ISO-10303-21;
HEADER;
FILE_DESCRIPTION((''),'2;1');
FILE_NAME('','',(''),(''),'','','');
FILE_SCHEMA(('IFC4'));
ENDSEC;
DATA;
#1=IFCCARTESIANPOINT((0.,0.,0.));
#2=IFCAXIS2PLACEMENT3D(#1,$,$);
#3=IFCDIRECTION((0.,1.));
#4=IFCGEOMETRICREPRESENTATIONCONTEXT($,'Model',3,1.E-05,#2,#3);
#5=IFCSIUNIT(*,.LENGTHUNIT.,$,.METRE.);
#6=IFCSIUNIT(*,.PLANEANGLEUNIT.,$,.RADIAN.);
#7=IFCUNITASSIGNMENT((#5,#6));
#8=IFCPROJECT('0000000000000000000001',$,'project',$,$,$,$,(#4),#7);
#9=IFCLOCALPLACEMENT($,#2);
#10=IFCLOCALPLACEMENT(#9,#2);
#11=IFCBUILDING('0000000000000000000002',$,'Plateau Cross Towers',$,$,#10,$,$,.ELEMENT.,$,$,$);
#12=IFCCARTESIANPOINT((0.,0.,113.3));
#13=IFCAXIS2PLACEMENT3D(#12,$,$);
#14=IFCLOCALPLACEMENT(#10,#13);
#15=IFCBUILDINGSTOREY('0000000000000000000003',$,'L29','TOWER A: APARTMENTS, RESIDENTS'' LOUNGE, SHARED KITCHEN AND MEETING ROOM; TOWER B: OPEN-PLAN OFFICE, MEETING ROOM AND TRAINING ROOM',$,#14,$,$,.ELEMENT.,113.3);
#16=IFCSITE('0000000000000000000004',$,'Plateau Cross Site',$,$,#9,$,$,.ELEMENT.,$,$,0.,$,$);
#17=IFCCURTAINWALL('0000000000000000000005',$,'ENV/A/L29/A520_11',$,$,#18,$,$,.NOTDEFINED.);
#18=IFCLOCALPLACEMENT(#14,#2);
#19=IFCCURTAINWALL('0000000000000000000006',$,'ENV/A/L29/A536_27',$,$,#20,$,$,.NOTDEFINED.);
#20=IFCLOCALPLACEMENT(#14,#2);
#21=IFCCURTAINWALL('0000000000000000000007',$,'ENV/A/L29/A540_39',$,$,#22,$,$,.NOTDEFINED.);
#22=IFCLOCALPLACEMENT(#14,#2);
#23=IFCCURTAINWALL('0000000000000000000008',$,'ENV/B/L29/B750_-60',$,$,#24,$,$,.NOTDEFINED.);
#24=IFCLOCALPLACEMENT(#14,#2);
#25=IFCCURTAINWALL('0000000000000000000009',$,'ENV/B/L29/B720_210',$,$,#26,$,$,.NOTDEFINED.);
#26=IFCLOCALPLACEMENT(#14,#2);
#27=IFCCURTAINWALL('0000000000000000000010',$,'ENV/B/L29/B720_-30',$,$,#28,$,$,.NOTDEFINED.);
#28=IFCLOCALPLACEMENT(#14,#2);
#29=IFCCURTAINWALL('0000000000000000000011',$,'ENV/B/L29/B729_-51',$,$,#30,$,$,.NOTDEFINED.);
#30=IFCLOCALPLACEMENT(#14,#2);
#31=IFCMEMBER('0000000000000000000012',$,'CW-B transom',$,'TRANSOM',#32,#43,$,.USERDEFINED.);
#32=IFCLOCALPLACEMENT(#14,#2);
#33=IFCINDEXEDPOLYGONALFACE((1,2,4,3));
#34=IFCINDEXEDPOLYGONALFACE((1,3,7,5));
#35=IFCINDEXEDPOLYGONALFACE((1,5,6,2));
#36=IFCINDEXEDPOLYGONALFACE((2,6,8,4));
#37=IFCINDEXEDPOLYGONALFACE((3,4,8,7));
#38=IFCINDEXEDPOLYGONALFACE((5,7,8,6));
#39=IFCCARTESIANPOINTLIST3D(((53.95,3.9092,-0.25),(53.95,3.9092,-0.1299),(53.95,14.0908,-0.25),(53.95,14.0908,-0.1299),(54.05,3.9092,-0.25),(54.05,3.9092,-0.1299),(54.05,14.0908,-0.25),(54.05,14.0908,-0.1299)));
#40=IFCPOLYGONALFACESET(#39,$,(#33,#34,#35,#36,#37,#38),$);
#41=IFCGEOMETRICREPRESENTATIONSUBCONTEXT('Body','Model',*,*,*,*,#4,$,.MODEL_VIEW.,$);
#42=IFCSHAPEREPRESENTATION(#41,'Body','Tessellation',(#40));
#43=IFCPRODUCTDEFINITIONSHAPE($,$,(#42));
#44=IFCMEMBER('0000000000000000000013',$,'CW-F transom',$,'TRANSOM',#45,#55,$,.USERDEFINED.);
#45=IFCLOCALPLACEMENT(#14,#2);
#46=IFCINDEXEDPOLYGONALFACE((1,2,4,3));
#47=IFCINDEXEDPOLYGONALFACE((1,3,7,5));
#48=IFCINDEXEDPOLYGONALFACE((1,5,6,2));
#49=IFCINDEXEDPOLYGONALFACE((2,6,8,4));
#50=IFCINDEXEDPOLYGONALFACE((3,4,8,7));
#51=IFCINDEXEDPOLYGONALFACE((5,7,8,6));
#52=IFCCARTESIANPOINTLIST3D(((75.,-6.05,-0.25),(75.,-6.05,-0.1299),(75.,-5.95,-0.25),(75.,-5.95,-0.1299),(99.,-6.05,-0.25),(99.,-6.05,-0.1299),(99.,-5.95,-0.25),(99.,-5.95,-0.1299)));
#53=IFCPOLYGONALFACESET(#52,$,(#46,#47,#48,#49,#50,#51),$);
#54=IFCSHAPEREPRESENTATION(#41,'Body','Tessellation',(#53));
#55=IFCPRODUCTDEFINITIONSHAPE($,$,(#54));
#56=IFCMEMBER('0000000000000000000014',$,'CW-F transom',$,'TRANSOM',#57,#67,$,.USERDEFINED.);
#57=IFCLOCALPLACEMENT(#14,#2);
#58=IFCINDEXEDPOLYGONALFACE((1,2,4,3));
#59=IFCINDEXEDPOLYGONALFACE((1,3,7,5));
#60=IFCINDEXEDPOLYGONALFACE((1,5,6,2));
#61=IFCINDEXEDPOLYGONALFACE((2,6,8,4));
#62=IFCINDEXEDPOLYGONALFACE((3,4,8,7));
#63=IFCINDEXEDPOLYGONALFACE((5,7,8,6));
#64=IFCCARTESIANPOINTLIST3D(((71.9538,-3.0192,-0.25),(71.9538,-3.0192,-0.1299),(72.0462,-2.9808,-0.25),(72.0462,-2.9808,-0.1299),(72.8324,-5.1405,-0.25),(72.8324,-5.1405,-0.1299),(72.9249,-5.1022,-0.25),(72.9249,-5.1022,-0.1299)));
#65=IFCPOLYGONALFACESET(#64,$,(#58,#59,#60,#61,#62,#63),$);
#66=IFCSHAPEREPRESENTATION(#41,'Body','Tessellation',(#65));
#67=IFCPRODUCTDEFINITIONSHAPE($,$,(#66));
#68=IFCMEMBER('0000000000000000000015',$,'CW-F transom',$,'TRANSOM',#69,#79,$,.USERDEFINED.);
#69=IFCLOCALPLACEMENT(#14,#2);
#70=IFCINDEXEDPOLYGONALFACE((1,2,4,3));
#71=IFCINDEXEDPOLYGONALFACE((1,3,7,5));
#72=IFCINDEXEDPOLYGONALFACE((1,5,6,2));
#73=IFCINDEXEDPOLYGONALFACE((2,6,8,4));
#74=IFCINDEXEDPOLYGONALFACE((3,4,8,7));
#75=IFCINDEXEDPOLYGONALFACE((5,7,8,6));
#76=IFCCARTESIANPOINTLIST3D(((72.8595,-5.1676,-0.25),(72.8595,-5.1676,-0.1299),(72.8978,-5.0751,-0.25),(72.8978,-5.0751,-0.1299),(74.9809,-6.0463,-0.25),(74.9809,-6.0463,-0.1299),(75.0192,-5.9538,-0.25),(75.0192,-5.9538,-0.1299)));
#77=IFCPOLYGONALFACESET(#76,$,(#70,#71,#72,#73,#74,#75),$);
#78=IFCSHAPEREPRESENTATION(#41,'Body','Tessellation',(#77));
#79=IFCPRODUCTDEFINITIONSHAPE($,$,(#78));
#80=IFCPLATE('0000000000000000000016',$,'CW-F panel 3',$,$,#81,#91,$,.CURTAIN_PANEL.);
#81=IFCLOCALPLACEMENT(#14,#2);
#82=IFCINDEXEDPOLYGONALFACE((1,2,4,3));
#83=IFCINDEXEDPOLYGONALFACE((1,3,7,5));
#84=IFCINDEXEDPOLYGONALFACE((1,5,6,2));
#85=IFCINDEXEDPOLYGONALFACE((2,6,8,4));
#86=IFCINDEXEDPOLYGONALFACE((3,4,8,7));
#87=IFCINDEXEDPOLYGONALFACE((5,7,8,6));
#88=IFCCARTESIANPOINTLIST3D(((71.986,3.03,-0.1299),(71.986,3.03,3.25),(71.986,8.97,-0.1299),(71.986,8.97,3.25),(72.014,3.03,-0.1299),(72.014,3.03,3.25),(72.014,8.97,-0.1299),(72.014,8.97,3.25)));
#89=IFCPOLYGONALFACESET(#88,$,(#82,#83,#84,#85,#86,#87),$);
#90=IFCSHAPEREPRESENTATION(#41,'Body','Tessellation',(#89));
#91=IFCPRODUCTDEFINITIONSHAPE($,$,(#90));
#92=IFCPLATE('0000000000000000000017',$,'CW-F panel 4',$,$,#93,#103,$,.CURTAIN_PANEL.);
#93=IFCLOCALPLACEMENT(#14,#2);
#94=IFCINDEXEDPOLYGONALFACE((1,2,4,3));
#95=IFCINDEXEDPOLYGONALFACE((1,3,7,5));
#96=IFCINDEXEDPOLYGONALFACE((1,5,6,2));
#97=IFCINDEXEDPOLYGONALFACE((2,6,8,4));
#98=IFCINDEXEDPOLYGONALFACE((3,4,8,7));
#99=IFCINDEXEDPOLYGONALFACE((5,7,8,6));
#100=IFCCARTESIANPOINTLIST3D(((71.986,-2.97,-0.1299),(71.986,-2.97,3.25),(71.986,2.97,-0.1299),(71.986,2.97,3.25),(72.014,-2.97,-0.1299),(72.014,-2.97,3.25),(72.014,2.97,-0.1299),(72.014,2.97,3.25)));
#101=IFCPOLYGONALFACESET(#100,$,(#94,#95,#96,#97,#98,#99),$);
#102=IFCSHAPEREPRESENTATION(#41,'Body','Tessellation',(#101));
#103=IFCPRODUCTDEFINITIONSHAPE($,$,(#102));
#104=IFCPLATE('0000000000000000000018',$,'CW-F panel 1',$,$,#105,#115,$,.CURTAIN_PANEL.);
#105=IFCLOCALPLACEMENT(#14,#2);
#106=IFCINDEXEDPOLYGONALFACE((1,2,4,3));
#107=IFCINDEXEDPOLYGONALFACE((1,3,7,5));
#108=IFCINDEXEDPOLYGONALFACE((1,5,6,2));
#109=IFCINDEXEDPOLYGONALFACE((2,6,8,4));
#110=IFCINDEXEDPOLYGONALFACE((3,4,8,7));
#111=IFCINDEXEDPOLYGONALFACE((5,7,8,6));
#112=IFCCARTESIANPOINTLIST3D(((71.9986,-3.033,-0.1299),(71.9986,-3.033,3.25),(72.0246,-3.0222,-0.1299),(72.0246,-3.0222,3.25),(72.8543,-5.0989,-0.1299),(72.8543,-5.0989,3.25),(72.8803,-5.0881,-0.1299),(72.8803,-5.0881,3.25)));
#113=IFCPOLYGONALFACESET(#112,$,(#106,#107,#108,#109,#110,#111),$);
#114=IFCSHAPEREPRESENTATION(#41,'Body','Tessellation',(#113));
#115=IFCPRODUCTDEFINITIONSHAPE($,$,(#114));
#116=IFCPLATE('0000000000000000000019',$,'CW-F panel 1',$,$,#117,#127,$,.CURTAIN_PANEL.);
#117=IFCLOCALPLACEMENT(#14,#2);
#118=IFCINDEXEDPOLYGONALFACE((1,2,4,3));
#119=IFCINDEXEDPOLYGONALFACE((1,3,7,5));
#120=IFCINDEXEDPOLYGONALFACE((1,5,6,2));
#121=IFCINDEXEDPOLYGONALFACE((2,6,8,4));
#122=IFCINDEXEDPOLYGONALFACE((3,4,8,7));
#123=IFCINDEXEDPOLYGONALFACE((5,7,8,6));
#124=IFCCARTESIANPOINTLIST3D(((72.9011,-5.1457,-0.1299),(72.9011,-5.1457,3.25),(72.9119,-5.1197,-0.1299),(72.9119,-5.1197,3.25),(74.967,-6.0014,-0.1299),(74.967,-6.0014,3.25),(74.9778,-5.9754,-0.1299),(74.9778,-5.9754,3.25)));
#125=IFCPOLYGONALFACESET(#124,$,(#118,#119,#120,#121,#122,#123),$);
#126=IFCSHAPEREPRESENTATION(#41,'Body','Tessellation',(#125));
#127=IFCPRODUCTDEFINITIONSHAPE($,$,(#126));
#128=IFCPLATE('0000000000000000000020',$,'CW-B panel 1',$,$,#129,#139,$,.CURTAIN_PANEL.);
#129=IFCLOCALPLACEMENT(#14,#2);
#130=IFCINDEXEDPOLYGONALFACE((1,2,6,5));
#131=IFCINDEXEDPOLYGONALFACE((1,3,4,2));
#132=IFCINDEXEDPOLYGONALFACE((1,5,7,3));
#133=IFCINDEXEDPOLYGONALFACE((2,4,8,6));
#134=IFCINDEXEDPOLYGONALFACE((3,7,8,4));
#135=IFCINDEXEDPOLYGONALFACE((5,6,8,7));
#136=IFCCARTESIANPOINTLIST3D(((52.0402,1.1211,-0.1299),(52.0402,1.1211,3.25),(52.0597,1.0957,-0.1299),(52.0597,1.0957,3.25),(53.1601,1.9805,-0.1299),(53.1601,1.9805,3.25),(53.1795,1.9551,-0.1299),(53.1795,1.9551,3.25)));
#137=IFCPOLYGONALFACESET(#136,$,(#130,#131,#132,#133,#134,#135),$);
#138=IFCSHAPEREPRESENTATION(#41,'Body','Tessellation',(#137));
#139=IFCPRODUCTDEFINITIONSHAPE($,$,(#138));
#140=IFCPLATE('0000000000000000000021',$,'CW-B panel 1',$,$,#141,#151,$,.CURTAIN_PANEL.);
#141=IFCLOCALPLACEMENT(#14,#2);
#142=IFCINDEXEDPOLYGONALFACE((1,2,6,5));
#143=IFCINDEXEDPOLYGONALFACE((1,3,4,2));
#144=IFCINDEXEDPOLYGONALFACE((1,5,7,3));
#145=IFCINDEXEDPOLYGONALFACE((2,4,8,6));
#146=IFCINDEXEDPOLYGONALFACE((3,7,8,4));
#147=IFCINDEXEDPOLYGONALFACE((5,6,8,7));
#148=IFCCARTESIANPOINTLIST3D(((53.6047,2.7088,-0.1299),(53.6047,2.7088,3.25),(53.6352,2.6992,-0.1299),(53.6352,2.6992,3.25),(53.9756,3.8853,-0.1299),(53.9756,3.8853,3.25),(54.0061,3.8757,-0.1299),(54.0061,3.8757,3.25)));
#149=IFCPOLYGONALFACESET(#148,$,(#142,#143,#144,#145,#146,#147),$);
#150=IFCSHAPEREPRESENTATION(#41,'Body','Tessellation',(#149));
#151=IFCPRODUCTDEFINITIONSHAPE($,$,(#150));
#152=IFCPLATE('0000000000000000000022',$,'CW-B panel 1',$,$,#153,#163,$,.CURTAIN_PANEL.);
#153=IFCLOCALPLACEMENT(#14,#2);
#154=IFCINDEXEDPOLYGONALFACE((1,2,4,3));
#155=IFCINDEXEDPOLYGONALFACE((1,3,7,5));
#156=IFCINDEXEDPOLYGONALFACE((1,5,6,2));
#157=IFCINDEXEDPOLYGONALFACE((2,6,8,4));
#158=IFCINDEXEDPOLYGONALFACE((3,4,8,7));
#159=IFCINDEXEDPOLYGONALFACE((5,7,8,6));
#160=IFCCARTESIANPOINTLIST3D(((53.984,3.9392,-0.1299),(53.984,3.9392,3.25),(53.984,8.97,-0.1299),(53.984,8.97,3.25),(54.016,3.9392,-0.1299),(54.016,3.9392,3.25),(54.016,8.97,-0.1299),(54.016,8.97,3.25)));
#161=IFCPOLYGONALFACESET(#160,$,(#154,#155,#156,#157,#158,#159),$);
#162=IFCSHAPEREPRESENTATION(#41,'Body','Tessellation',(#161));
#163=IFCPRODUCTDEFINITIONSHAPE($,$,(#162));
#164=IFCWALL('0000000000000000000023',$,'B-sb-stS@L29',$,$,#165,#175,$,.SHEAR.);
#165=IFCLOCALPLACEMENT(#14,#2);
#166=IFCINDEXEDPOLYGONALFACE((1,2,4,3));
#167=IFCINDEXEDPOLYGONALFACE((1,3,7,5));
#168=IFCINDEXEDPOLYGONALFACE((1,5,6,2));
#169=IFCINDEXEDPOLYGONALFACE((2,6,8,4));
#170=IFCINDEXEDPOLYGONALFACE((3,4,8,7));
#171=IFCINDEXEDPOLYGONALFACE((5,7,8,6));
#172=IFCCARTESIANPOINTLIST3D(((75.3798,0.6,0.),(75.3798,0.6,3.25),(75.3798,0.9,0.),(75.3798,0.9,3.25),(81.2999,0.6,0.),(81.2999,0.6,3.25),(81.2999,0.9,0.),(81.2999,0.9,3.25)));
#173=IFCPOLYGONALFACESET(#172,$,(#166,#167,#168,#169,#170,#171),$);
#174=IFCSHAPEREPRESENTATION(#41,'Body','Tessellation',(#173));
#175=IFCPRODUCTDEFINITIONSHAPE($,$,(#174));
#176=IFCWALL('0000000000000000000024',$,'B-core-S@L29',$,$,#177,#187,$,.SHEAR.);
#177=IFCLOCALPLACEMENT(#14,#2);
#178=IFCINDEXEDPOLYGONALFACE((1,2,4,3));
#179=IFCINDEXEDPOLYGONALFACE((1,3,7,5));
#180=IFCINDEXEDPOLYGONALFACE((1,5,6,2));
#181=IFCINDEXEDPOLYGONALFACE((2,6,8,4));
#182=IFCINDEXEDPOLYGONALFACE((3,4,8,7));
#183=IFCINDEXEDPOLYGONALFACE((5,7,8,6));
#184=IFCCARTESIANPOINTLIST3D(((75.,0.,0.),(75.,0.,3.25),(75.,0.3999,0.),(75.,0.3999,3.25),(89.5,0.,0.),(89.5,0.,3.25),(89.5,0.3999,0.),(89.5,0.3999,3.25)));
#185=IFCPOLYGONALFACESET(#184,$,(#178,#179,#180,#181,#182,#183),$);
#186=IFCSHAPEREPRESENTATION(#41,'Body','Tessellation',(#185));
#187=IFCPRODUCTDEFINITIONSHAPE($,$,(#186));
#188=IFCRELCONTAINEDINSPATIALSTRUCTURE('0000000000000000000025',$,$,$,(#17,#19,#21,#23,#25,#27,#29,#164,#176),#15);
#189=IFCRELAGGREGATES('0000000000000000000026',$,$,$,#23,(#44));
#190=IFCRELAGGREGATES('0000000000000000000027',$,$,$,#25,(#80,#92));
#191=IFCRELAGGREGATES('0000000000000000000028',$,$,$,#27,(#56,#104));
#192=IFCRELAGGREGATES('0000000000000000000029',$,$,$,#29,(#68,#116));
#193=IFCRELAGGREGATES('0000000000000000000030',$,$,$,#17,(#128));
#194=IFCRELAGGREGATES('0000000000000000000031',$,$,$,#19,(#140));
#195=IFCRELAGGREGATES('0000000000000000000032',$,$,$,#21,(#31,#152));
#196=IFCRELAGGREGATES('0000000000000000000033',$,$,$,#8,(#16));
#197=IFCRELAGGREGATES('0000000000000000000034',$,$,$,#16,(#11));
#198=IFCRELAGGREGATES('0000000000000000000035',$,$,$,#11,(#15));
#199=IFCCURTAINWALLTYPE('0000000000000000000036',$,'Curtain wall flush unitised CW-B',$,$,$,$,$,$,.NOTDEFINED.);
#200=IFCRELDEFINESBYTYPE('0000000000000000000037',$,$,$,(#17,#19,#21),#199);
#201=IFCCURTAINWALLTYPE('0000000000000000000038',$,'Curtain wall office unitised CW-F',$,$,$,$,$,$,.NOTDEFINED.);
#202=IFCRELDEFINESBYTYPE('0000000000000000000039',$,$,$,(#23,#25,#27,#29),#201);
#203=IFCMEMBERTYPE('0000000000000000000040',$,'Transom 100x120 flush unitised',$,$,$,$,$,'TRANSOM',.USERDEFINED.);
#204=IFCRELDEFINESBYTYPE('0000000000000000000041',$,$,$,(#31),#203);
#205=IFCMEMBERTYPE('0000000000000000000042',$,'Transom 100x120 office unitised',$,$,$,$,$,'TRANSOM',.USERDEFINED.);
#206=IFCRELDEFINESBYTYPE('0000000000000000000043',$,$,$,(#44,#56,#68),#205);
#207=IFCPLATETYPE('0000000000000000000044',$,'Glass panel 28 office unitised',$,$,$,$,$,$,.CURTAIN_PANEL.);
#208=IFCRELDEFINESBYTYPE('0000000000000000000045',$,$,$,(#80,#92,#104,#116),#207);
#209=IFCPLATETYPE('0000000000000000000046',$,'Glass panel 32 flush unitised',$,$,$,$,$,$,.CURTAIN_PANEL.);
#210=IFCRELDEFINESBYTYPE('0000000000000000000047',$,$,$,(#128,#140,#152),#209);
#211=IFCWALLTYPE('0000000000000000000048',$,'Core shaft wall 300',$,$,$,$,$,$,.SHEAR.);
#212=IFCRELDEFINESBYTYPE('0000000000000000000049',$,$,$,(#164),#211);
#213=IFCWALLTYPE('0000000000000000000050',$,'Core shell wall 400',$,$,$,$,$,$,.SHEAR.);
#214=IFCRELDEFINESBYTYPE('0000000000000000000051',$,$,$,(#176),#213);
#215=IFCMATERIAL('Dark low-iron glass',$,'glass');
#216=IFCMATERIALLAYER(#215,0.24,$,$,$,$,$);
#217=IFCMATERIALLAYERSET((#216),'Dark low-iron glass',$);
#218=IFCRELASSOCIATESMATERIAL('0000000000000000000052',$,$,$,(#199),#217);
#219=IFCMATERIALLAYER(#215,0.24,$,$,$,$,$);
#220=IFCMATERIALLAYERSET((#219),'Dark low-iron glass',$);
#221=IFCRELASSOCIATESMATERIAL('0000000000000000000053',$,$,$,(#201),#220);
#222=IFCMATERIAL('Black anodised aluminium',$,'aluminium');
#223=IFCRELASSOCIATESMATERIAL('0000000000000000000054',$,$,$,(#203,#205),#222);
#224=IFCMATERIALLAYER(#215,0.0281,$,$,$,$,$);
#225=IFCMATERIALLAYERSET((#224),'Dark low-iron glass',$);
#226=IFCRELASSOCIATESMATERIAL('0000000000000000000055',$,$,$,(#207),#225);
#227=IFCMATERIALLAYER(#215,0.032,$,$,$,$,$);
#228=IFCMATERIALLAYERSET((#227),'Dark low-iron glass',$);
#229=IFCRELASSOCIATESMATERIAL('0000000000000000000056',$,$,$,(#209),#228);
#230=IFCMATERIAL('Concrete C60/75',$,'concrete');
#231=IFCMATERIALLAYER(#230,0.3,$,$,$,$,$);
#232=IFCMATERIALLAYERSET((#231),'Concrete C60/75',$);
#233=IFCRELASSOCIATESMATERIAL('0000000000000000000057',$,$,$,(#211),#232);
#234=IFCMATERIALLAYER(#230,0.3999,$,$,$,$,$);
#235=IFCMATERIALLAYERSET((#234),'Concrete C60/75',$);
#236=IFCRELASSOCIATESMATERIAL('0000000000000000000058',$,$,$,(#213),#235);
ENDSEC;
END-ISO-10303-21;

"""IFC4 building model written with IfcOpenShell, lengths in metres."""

from ifc_helpers import new_model, si_unit, direction, frame, frame_2d, origin, origin_2d, place, context, subcontext, project, spatial, rectangle, extrude, material, layer, layer_set, material_profile, profile_set, type_object, element, aggregate, save


model = new_model("IFC4")

# Units and contexts
model_context = context("Model", 3, precision=1e-05, world=origin(), true_north=direction((0.0, 1.0)))
body_context = subcontext(model_context, "Body", "Model", "MODEL_VIEW")
ifc_project = project(units=[si_unit("LENGTHUNIT", "METRE"), si_unit("PLANEANGLEUNIT", "RADIAN")], contexts=[model_context])

# Site, building, storey
site_placement = place(None, origin())
site = spatial("IfcSite", under=ifc_project, at=site_placement, Name="Plateau Cross Site", CompositionType="ELEMENT", RefElevation=0.0)
building_placement = place(site_placement, origin())
building = spatial("IfcBuilding", under=site, at=building_placement, Name="Plateau Cross Towers", CompositionType="ELEMENT")
storey_placement = place(building_placement, frame((0.0, 0.0, 113.3)))
storey = spatial("IfcBuildingStorey", under=building, at=storey_placement, Name="L29", Description="TOWER A: APARTMENTS, RESIDENTS' LOUNGE, SHARED KITCHEN AND MEETING ROOM; TOWER B: OPEN-PLAN OFFICE, MEETING ROOM AND TRAINING ROOM", CompositionType="ELEMENT", Elevation=113.3)

# Shared definitions
ifc_material_1 = material(Name="Concrete C60/75", Category="concrete")

# Curtain wall
ifc_material_2 = material(Name="Dark low-iron glass", Category="glass")
ifc_layer_1 = layer(ifc_material_2, 0.24)
ifc_layer_set_1 = layer_set([ifc_layer_1], Name="Dark low-iron glass")
curtain_wall_type_1 = type_object("IfcCurtainWallType", Name="Curtain wall flush unitised CW-B", PredefinedType="NOTDEFINED", material=ifc_layer_set_1)
curtain_wall_1_placement = place(storey_placement, origin())
curtain_wall_1 = element("IfcCurtainWall", 1, at=curtain_wall_1_placement, inside=storey, type_object=curtain_wall_type_1, Name="ENV/A/L29/A520_11", PredefinedType="NOTDEFINED")
ifc_material_3 = material(Name="Black anodised aluminium", Category="aluminium")

# Curtain walls
curtain_wall_2_placement = place(storey_placement, origin())
curtain_wall_2 = element("IfcCurtainWall", 2, at=curtain_wall_2_placement, inside=storey, type_object=curtain_wall_type_1, Name="ENV/A/L29/A536_27", PredefinedType="NOTDEFINED")
curtain_wall_3_placement = place(storey_placement, origin())
curtain_wall_3 = element("IfcCurtainWall", 3, at=curtain_wall_3_placement, inside=storey, type_object=curtain_wall_type_1, Name="ENV/A/L29/A540_39", PredefinedType="NOTDEFINED")
ifc_layer_2 = layer(ifc_material_2, 0.24)
ifc_layer_set_2 = layer_set([ifc_layer_2], Name="Dark low-iron glass")
curtain_wall_type_2 = type_object("IfcCurtainWallType", Name="Curtain wall office unitised CW-F", PredefinedType="NOTDEFINED", material=ifc_layer_set_2)
curtain_wall_4_placement = place(storey_placement, origin())
curtain_wall_4 = element("IfcCurtainWall", 4, at=curtain_wall_4_placement, inside=storey, type_object=curtain_wall_type_2, Name="ENV/B/L29/B750_-60", PredefinedType="NOTDEFINED")
curtain_wall_5_placement = place(storey_placement, origin())
curtain_wall_5 = element("IfcCurtainWall", 5, at=curtain_wall_5_placement, inside=storey, type_object=curtain_wall_type_2, Name="ENV/B/L29/B720_210", PredefinedType="NOTDEFINED")
curtain_wall_6_placement = place(storey_placement, origin())
curtain_wall_6 = element("IfcCurtainWall", 6, at=curtain_wall_6_placement, inside=storey, type_object=curtain_wall_type_2, Name="ENV/B/L29/B720_-30", PredefinedType="NOTDEFINED")
curtain_wall_7_placement = place(storey_placement, origin())
curtain_wall_7 = element("IfcCurtainWall", 7, at=curtain_wall_7_placement, inside=storey, type_object=curtain_wall_type_2, Name="ENV/B/L29/B729_-51", PredefinedType="NOTDEFINED")

# Members
ifc_material_profile_1 = material_profile(ifc_material_3, rectangle(XDim=0.1001, YDim=0.1201, at=origin_2d()), Name="TRANSOM 100x120")
ifc_profile_set_1 = profile_set([ifc_material_profile_1], Name="Black anodised aluminium")
member_type_1 = type_object("IfcMemberType", Name="Transom 100x120 flush unitised", ElementType="TRANSOM", PredefinedType="USERDEFINED", material=ifc_profile_set_1)
member_1_placement = place(storey_placement, frame((54.0, 3.9092, -0.1899), z_axis=(0.0, 1.0, 0.0), x_axis=(-1.0, 0.0, 0.0)))
member_1 = element("IfcMember", 8, at=member_1_placement, type_object=member_type_1, Name="CW-B transom", ObjectType="TRANSOM", PredefinedType="USERDEFINED", context=body_context, shape_type="SweptSolid", body=[
    extrude(rectangle(XDim=0.1001, YDim=0.1201, at=origin_2d()), origin(), (0.0, 0.0, 1.0), 10.1816),
])
ifc_material_profile_2 = material_profile(ifc_material_3, rectangle(XDim=0.1001, YDim=0.1201, at=origin_2d()), Name="TRANSOM 100x120")
ifc_profile_set_2 = profile_set([ifc_material_profile_2], Name="Black anodised aluminium")
member_type_2 = type_object("IfcMemberType", Name="Transom 100x120 office unitised", ElementType="TRANSOM", PredefinedType="USERDEFINED", material=ifc_profile_set_2)
member_2_placement = place(storey_placement, frame((75.0, -6.0, -0.1899), z_axis=(1.0, 0.0, 0.0), x_axis=(0.0, 1.0, 0.0)))
member_2 = element("IfcMember", 9, at=member_2_placement, type_object=member_type_2, Name="CW-F transom", ObjectType="TRANSOM", PredefinedType="USERDEFINED", context=body_context, shape_type="SweptSolid", body=[
    extrude(rectangle(XDim=0.1001, YDim=0.1201, at=origin_2d()), origin(), (0.0, 0.0, 1.0), 24.0),
])
aggregate(curtain_wall_4, [member_2])
member_3_placement = place(storey_placement, frame((72.0, -3.0, -0.1899), z_axis=(0.382674, -0.923883, 0.0), x_axis=(0.923883, 0.382674, 0.0)))
member_3 = element("IfcMember", 10, at=member_3_placement, type_object=member_type_2, Name="CW-F transom", ObjectType="TRANSOM", PredefinedType="USERDEFINED", context=body_context, shape_type="SweptSolid", body=[
    extrude(rectangle(XDim=0.1001, YDim=0.1201, at=origin_2d()), origin(), (0.0, 0.0, 1.0), 2.2961),
])
member_4_placement = place(storey_placement, frame((72.8787, -5.1213, -0.1899), z_axis=(0.923883, -0.382674, 0.0), x_axis=(0.382674, 0.923883, 0.0)))
member_4 = element("IfcMember", 11, at=member_4_placement, type_object=member_type_2, Name="CW-F transom", ObjectType="TRANSOM", PredefinedType="USERDEFINED", context=body_context, shape_type="SweptSolid", body=[
    extrude(rectangle(XDim=0.1001, YDim=0.1201, at=origin_2d()), origin(), (0.0, 0.0, 1.0), 2.2961),
])

# Plates
ifc_layer_3 = layer(ifc_material_2, 0.0281)
ifc_layer_set_3 = layer_set([ifc_layer_3], Name="Dark low-iron glass")
plate_type_1 = type_object("IfcPlateType", Name="Glass panel 28 office unitised", PredefinedType="CURTAIN_PANEL", material=ifc_layer_set_3)
plate_1_placement = place(storey_placement, frame((72.0, 6.0, -0.1299), z_axis=(0.0, 0.0, 1.0), x_axis=(0.0, -1.0, 0.0)))
plate_1 = element("IfcPlate", 12, at=plate_1_placement, type_object=plate_type_1, Name="CW-F panel 3", PredefinedType="CURTAIN_PANEL", context=body_context, shape_type="SweptSolid", body=[
    extrude(rectangle(XDim=5.9399, YDim=0.0281, at=origin_2d()), origin(), (0.0, 0.0, 1.0), 3.3799),
])
plate_2_placement = place(storey_placement, frame((72.0, 0.0, -0.1299), z_axis=(0.0, 0.0, 1.0), x_axis=(0.0, -1.0, 0.0)))
plate_2 = element("IfcPlate", 13, at=plate_2_placement, type_object=plate_type_1, Name="CW-F panel 4", PredefinedType="CURTAIN_PANEL", context=body_context, shape_type="SweptSolid", body=[
    extrude(rectangle(XDim=5.9399, YDim=0.0281, at=origin_2d()), origin(), (0.0, 0.0, 1.0), 3.3799),
])
aggregate(curtain_wall_5, [plate_1, plate_2])
plate_3_placement = place(storey_placement, frame((72.4395, -4.0605, -0.1299), z_axis=(0.0, 0.0, 1.0), x_axis=(0.382684, -0.923879, 0.0)))
plate_3 = element("IfcPlate", 14, at=plate_3_placement, type_object=plate_type_1, Name="CW-F panel 1", PredefinedType="CURTAIN_PANEL", context=body_context, shape_type="SweptSolid", body=[
    extrude(rectangle(XDim=2.2361, YDim=0.0281, at=origin_2d()), origin(), (0.0, 0.0, 1.0), 3.3799),
])
aggregate(curtain_wall_6, [member_3, plate_3])
plate_4_placement = place(storey_placement, frame((73.9395, -5.5605, -0.1299), z_axis=(0.0, 0.0, 1.0), x_axis=(0.923879, -0.382684, 0.0)))
plate_4 = element("IfcPlate", 15, at=plate_4_placement, type_object=plate_type_1, Name="CW-F panel 1", PredefinedType="CURTAIN_PANEL", context=body_context, shape_type="SweptSolid", body=[
    extrude(rectangle(XDim=2.2361, YDim=0.0281, at=origin_2d()), origin(), (0.0, 0.0, 1.0), 3.3799),
])
aggregate(curtain_wall_7, [member_4, plate_4])
ifc_layer_4 = layer(ifc_material_2, 0.032)
ifc_layer_set_4 = layer_set([ifc_layer_4], Name="Dark low-iron glass")
plate_type_2 = type_object("IfcPlateType", Name="Glass panel 32 flush unitised", PredefinedType="CURTAIN_PANEL", material=ifc_layer_set_4)
plate_5_placement = place(storey_placement, frame((52.6099, 1.5381, -0.1299), z_axis=(0.0, 0.0, 1.0), x_axis=(0.793316, 0.608811, 0.0)))
plate_5 = element("IfcPlate", 16, at=plate_5_placement, type_object=plate_type_2, Name="CW-B panel 1", PredefinedType="CURTAIN_PANEL", context=body_context, shape_type="SweptSolid", body=[
    extrude(rectangle(XDim=1.4116, YDim=0.032, at=origin_2d()), origin(), (0.0, 0.0, 1.0), 3.3799),
])
aggregate(curtain_wall_1, [plate_5])
plate_6_placement = place(storey_placement, frame((53.8054, 3.2922, -0.1299), z_axis=(0.0, 0.0, 1.0), x_axis=(0.300686, 0.953723, 0.0)))
plate_6 = element("IfcPlate", 17, at=plate_6_placement, type_object=plate_type_2, Name="CW-B panel 1", PredefinedType="CURTAIN_PANEL", context=body_context, shape_type="SweptSolid", body=[
    extrude(rectangle(XDim=1.2336, YDim=0.032, at=origin_2d()), origin(), (0.0, 0.0, 1.0), 3.3799),
])
aggregate(curtain_wall_2, [plate_6])
plate_7_placement = place(storey_placement, frame((54.0, 6.4546, -0.1299), z_axis=(0.0, 0.0, 1.0), x_axis=(0.0, 1.0, 0.0)))
plate_7 = element("IfcPlate", 18, at=plate_7_placement, type_object=plate_type_2, Name="CW-B panel 1", PredefinedType="CURTAIN_PANEL", context=body_context, shape_type="SweptSolid", body=[
    extrude(rectangle(XDim=5.0308, YDim=0.032, at=origin_2d()), origin(), (0.0, 0.0, 1.0), 3.3799),
])
aggregate(curtain_wall_3, [member_1, plate_7])

# Walls
ifc_layer_5 = layer(ifc_material_1, 0.3)
ifc_layer_set_5 = layer_set([ifc_layer_5], Name="Concrete C60/75")
wall_type_1 = type_object("IfcWallType", Name="Core shaft wall 300", PredefinedType="SHEAR", material=ifc_layer_set_5)
wall_1_placement = place(storey_placement, frame((75.3799, 0.75, 0.0), z_axis=(0.0, 0.0, 1.0), x_axis=(1.0, 0.0, 0.0)))
element("IfcWall", 19, at=wall_1_placement, inside=storey, type_object=wall_type_1, Name="B-sb-stS@L29", PredefinedType="SHEAR", context=body_context, shape_type="SweptSolid", body=[
    extrude(rectangle(XDim=5.9202, YDim=0.3, at=frame_2d((2.96, 0.0))), origin(), (0.0, 0.0, 1.0), 3.25),
])
ifc_layer_6 = layer(ifc_material_1, 0.3999)
ifc_layer_set_6 = layer_set([ifc_layer_6], Name="Concrete C60/75")
wall_type_2 = type_object("IfcWallType", Name="Core shell wall 400", PredefinedType="SHEAR", material=ifc_layer_set_6)
wall_2_placement = place(storey_placement, frame((75.0, 0.2, 0.0), z_axis=(0.0, 0.0, 1.0), x_axis=(1.0, 0.0, 0.0)))
element("IfcWall", 20, at=wall_2_placement, inside=storey, type_object=wall_type_2, Name="B-core-S@L29", PredefinedType="SHEAR", context=body_context, shape_type="SweptSolid", body=[
    extrude(rectangle(XDim=14.5, YDim=0.3999, at=frame_2d((7.25, 0.0))), origin(), (0.0, 0.0, 1.0), 3.25),
])

save(model, "model.ifc")
